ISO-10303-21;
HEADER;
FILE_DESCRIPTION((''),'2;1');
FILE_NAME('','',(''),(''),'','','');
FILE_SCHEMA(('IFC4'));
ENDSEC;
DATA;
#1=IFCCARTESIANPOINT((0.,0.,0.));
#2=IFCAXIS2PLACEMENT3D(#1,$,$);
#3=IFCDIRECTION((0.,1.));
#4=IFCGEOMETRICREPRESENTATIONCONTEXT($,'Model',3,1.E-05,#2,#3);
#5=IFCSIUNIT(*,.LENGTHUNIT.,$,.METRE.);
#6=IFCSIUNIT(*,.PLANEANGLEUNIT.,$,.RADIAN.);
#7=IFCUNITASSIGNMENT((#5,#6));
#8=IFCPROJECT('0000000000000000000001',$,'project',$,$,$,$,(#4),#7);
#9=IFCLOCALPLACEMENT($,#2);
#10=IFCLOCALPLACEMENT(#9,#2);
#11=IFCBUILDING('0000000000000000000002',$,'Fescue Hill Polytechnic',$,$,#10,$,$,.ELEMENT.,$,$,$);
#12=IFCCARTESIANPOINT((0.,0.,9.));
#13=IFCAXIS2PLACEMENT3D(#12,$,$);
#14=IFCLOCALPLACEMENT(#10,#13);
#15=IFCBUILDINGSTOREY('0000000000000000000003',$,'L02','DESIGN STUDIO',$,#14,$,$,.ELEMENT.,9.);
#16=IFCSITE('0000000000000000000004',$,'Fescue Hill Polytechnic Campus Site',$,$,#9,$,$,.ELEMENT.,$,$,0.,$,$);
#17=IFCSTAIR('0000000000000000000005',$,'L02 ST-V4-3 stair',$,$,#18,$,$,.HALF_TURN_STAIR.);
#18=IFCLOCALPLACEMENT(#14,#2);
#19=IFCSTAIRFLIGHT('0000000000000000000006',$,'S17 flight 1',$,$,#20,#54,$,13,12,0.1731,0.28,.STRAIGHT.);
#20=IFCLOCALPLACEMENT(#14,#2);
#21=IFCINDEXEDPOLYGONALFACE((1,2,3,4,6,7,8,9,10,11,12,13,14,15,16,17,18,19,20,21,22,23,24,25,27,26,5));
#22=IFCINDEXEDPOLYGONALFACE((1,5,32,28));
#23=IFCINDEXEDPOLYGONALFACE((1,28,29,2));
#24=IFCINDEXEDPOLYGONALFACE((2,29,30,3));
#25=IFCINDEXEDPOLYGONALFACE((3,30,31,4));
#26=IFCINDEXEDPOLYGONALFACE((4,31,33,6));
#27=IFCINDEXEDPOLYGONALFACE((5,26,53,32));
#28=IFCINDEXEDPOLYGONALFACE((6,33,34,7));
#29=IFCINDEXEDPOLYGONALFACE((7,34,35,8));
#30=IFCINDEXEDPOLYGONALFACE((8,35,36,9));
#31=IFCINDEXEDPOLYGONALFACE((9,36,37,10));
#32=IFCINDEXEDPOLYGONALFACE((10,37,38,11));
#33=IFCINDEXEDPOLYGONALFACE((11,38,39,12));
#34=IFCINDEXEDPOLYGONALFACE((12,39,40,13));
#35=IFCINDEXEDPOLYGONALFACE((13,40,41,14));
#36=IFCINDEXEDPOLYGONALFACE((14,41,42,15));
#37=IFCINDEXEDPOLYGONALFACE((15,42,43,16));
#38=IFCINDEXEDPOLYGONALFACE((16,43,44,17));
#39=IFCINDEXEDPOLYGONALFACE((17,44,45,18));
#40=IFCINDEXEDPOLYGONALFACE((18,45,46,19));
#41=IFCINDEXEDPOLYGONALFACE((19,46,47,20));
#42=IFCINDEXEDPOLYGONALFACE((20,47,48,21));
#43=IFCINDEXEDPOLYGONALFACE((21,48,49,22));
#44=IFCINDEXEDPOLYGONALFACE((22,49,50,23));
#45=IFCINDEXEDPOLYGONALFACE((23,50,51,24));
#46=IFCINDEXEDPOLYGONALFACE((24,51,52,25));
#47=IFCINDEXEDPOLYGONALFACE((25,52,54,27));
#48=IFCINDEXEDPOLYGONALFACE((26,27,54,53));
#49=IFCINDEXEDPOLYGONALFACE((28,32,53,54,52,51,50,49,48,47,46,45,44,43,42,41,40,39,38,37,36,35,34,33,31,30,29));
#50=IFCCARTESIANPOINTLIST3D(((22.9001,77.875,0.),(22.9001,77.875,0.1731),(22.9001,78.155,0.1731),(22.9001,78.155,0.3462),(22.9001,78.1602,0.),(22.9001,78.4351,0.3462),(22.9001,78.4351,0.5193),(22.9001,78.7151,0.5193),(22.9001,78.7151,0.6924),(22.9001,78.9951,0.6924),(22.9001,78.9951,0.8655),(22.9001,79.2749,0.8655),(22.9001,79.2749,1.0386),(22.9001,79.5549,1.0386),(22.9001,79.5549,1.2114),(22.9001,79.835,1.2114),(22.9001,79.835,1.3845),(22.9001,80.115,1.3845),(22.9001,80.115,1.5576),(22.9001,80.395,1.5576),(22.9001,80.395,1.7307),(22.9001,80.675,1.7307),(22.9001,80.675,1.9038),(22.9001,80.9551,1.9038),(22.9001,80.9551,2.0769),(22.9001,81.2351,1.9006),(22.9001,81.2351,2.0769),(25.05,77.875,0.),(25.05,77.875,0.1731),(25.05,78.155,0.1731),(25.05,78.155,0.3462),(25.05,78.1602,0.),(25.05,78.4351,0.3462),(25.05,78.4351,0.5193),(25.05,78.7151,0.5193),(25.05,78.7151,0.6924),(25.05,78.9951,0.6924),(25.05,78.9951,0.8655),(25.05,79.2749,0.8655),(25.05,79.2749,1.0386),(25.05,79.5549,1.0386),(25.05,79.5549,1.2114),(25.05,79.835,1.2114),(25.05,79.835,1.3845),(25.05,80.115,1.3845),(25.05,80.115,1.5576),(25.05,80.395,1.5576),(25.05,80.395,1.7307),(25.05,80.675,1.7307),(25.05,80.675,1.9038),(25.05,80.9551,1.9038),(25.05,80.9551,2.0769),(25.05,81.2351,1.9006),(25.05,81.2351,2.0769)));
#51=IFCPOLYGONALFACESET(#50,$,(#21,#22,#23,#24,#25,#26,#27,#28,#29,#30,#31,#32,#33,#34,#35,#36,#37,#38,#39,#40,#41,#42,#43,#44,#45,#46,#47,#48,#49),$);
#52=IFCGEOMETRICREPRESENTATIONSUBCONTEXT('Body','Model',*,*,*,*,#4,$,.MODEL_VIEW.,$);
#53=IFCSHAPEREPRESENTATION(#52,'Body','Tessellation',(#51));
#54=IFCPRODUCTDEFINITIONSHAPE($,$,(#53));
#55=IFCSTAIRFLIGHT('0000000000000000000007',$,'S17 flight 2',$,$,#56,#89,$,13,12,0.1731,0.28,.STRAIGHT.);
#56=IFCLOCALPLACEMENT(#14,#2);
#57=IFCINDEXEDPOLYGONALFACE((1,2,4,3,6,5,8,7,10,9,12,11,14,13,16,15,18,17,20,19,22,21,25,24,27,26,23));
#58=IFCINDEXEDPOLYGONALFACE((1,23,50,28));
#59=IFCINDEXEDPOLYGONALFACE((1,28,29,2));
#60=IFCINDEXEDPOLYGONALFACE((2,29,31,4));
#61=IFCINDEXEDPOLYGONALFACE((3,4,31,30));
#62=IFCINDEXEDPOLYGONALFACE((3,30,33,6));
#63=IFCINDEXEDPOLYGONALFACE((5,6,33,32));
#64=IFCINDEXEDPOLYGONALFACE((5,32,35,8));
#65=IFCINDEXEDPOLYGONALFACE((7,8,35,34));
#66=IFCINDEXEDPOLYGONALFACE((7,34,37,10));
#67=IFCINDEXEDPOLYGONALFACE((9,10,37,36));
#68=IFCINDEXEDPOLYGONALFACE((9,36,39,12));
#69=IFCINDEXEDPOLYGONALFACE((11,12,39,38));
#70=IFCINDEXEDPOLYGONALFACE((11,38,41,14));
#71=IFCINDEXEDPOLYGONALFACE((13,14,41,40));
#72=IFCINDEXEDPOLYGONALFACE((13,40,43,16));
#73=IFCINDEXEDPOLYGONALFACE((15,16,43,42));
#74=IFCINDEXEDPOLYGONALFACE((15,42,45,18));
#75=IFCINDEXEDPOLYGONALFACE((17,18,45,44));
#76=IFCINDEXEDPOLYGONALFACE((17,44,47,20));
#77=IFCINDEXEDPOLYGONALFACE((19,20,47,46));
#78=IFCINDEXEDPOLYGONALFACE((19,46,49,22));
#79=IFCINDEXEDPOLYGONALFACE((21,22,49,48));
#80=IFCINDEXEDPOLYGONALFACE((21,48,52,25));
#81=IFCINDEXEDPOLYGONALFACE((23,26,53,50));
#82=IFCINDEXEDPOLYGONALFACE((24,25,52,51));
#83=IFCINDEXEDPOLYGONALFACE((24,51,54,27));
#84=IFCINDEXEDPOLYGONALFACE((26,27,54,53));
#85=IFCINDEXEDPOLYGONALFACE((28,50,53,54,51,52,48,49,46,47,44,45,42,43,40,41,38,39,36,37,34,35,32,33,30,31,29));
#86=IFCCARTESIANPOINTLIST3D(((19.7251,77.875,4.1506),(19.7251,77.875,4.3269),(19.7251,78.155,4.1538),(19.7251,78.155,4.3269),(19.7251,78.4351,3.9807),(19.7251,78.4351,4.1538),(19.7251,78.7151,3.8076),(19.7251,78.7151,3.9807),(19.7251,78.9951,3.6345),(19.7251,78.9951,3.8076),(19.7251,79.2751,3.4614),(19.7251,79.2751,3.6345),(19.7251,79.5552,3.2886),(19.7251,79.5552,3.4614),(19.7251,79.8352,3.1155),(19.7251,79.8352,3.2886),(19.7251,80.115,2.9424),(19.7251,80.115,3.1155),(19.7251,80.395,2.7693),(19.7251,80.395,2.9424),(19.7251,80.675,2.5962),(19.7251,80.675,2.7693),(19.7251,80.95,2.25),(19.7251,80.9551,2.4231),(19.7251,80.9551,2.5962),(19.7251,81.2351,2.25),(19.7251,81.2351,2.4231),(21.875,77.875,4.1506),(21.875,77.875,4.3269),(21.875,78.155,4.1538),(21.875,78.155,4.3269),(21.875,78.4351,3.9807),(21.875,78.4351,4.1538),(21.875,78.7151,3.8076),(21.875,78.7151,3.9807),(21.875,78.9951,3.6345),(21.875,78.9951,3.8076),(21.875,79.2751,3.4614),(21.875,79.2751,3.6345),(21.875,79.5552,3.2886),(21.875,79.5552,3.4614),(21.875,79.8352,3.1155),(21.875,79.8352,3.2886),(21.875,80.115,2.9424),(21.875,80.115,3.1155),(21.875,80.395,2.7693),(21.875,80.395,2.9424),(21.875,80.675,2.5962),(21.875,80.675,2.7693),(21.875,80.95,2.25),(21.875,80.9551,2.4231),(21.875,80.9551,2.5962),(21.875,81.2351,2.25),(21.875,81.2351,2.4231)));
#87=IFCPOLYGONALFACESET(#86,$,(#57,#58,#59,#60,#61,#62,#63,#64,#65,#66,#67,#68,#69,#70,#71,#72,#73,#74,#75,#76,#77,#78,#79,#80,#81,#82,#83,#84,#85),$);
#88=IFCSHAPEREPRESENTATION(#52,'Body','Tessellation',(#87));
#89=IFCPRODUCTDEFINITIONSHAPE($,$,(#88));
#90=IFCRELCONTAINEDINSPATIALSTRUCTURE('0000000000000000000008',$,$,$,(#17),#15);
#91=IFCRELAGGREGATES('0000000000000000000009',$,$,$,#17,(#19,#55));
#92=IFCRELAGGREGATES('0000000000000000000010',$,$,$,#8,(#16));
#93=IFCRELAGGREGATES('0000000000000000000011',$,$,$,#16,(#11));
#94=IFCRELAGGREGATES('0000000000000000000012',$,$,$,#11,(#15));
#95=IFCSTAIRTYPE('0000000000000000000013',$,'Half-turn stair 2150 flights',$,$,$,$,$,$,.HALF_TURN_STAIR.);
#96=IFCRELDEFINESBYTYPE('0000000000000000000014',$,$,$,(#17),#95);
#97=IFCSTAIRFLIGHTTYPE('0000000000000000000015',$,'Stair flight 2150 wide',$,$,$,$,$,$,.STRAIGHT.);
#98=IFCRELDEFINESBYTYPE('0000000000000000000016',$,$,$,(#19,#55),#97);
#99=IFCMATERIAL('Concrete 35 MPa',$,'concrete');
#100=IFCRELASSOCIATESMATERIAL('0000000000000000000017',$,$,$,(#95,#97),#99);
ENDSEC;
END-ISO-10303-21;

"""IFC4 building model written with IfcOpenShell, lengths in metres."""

from ifc_helpers import new_model, si_unit, direction, frame, origin, place, context, subcontext, project, spatial, polyline, outline, extrude, material, type_object, element, aggregate, save


model = new_model("IFC4")

# Units and contexts
model_context = context("Model", 3, precision=1e-05, world=origin(), true_north=direction((0.0, 1.0)))
body_context = subcontext(model_context, "Body", "Model", "MODEL_VIEW")
ifc_project = project(units=[si_unit("LENGTHUNIT", "METRE"), si_unit("PLANEANGLEUNIT", "RADIAN")], contexts=[model_context])

# Site, building, storey
site_placement = place(None, origin())
site = spatial("IfcSite", under=ifc_project, at=site_placement, Name="Fescue Hill Polytechnic Campus Site", CompositionType="ELEMENT", RefElevation=0.0)
building_placement = place(site_placement, origin())
building = spatial("IfcBuilding", under=site, at=building_placement, Name="Fescue Hill Polytechnic", CompositionType="ELEMENT")
storey_placement = place(building_placement, frame((0.0, 0.0, 9.0)))
storey = spatial("IfcBuildingStorey", under=building, at=storey_placement, Name="L02", Description="DESIGN STUDIO", CompositionType="ELEMENT", Elevation=9.0)

# Shared definitions
ifc_material_1 = material(Name="Concrete 35 MPa", Category="concrete")

# Stair, stair flights
stair_type = type_object("IfcStairType", Name="Half-turn stair 2150 flights", PredefinedType="HALF_TURN_STAIR", material=ifc_material_1)
stair_placement = place(storey_placement, origin())
stair = element("IfcStair", 1, at=stair_placement, inside=storey, type_object=stair_type, Name="L02 ST-V4-3 stair", PredefinedType="HALF_TURN_STAIR")
stair_flight_type = type_object("IfcStairFlightType", Name="Stair flight 2150 wide", PredefinedType="STRAIGHT", material=ifc_material_1)
stair_flight_1_placement = place(storey_placement, frame((23.9751, 77.875, 0.0), z_axis=(0.0, 0.0, 1.0), x_axis=(0.0, 1.0, 0.0)))
stair_flight_1 = element("IfcStairFlight", 2, at=stair_flight_1_placement, type_object=stair_flight_type, Name="S17 flight 1", NumberOfRisers=13, NumberOfTreads=12, PredefinedType="STRAIGHT", RiserHeight=0.1731, TreadLength=0.28, context=body_context, shape_type="SweptSolid", body=[
    extrude(outline(polyline([(0.0, 0.0), (0.0, 0.1731), (0.28, 0.1731), (0.28, 0.3462), (0.5601, 0.3462), (0.5601, 0.5193), (0.8401, 0.5193), (0.8401, 0.6924), (1.1201, 0.6924), (1.1201, 0.8655), (1.3999, 0.8655), (1.3999, 1.0386), (1.6799, 1.0386), (1.6799, 1.2114), (1.96, 1.2114), (1.96, 1.3845), (2.24, 1.3845), (2.24, 1.5576), (2.52, 1.5576), (2.52, 1.7307), (2.8, 1.7307), (2.8, 1.9038), (3.0801, 1.9038), (3.0801, 2.0769), (3.3601, 2.0769), (3.3601, 2.25), (3.3601, 1.9006), (0.2852, 0.0), (0.0, 0.0)])), frame((0.0, 1.075, 0.0), z_axis=(0.0, -1.0, 0.0), x_axis=(1.0, 0.0, 0.0)), (0.0, 0.0, 1.0), 2.1499),
])
stair_flight_2_placement = place(storey_placement, frame((20.8, 81.2351, 2.25), z_axis=(0.0, 0.0, 1.0), x_axis=(0.0, -1.0, 0.0)))
stair_flight_2 = element("IfcStairFlight", 3, at=stair_flight_2_placement, type_object=stair_flight_type, Name="S17 flight 2", NumberOfRisers=13, NumberOfTreads=12, PredefinedType="STRAIGHT", RiserHeight=0.1731, TreadLength=0.28, context=body_context, shape_type="SweptSolid", body=[
    extrude(outline(polyline([(0.0, 0.0), (0.0, 0.1731), (0.28, 0.1731), (0.28, 0.3462), (0.5601, 0.3462), (0.5601, 0.5193), (0.8401, 0.5193), (0.8401, 0.6924), (1.1201, 0.6924), (1.1201, 0.8655), (1.3999, 0.8655), (1.3999, 1.0386), (1.6799, 1.0386), (1.6799, 1.2114), (1.96, 1.2114), (1.96, 1.3845), (2.24, 1.3845), (2.24, 1.5576), (2.52, 1.5576), (2.52, 1.7307), (2.8, 1.7307), (2.8, 1.9038), (3.0801, 1.9038), (3.0801, 2.0769), (3.3601, 2.0769), (3.3601, 2.25), (3.3601, 1.9006), (0.2852, 0.0), (0.0, 0.0)])), frame((0.0, 1.075, 0.0), z_axis=(0.0, -1.0, 0.0), x_axis=(1.0, 0.0, 0.0)), (0.0, 0.0, 1.0), 2.1499),
])
aggregate(stair, [stair_flight_1, stair_flight_2])

save(model, "model.ifc")
